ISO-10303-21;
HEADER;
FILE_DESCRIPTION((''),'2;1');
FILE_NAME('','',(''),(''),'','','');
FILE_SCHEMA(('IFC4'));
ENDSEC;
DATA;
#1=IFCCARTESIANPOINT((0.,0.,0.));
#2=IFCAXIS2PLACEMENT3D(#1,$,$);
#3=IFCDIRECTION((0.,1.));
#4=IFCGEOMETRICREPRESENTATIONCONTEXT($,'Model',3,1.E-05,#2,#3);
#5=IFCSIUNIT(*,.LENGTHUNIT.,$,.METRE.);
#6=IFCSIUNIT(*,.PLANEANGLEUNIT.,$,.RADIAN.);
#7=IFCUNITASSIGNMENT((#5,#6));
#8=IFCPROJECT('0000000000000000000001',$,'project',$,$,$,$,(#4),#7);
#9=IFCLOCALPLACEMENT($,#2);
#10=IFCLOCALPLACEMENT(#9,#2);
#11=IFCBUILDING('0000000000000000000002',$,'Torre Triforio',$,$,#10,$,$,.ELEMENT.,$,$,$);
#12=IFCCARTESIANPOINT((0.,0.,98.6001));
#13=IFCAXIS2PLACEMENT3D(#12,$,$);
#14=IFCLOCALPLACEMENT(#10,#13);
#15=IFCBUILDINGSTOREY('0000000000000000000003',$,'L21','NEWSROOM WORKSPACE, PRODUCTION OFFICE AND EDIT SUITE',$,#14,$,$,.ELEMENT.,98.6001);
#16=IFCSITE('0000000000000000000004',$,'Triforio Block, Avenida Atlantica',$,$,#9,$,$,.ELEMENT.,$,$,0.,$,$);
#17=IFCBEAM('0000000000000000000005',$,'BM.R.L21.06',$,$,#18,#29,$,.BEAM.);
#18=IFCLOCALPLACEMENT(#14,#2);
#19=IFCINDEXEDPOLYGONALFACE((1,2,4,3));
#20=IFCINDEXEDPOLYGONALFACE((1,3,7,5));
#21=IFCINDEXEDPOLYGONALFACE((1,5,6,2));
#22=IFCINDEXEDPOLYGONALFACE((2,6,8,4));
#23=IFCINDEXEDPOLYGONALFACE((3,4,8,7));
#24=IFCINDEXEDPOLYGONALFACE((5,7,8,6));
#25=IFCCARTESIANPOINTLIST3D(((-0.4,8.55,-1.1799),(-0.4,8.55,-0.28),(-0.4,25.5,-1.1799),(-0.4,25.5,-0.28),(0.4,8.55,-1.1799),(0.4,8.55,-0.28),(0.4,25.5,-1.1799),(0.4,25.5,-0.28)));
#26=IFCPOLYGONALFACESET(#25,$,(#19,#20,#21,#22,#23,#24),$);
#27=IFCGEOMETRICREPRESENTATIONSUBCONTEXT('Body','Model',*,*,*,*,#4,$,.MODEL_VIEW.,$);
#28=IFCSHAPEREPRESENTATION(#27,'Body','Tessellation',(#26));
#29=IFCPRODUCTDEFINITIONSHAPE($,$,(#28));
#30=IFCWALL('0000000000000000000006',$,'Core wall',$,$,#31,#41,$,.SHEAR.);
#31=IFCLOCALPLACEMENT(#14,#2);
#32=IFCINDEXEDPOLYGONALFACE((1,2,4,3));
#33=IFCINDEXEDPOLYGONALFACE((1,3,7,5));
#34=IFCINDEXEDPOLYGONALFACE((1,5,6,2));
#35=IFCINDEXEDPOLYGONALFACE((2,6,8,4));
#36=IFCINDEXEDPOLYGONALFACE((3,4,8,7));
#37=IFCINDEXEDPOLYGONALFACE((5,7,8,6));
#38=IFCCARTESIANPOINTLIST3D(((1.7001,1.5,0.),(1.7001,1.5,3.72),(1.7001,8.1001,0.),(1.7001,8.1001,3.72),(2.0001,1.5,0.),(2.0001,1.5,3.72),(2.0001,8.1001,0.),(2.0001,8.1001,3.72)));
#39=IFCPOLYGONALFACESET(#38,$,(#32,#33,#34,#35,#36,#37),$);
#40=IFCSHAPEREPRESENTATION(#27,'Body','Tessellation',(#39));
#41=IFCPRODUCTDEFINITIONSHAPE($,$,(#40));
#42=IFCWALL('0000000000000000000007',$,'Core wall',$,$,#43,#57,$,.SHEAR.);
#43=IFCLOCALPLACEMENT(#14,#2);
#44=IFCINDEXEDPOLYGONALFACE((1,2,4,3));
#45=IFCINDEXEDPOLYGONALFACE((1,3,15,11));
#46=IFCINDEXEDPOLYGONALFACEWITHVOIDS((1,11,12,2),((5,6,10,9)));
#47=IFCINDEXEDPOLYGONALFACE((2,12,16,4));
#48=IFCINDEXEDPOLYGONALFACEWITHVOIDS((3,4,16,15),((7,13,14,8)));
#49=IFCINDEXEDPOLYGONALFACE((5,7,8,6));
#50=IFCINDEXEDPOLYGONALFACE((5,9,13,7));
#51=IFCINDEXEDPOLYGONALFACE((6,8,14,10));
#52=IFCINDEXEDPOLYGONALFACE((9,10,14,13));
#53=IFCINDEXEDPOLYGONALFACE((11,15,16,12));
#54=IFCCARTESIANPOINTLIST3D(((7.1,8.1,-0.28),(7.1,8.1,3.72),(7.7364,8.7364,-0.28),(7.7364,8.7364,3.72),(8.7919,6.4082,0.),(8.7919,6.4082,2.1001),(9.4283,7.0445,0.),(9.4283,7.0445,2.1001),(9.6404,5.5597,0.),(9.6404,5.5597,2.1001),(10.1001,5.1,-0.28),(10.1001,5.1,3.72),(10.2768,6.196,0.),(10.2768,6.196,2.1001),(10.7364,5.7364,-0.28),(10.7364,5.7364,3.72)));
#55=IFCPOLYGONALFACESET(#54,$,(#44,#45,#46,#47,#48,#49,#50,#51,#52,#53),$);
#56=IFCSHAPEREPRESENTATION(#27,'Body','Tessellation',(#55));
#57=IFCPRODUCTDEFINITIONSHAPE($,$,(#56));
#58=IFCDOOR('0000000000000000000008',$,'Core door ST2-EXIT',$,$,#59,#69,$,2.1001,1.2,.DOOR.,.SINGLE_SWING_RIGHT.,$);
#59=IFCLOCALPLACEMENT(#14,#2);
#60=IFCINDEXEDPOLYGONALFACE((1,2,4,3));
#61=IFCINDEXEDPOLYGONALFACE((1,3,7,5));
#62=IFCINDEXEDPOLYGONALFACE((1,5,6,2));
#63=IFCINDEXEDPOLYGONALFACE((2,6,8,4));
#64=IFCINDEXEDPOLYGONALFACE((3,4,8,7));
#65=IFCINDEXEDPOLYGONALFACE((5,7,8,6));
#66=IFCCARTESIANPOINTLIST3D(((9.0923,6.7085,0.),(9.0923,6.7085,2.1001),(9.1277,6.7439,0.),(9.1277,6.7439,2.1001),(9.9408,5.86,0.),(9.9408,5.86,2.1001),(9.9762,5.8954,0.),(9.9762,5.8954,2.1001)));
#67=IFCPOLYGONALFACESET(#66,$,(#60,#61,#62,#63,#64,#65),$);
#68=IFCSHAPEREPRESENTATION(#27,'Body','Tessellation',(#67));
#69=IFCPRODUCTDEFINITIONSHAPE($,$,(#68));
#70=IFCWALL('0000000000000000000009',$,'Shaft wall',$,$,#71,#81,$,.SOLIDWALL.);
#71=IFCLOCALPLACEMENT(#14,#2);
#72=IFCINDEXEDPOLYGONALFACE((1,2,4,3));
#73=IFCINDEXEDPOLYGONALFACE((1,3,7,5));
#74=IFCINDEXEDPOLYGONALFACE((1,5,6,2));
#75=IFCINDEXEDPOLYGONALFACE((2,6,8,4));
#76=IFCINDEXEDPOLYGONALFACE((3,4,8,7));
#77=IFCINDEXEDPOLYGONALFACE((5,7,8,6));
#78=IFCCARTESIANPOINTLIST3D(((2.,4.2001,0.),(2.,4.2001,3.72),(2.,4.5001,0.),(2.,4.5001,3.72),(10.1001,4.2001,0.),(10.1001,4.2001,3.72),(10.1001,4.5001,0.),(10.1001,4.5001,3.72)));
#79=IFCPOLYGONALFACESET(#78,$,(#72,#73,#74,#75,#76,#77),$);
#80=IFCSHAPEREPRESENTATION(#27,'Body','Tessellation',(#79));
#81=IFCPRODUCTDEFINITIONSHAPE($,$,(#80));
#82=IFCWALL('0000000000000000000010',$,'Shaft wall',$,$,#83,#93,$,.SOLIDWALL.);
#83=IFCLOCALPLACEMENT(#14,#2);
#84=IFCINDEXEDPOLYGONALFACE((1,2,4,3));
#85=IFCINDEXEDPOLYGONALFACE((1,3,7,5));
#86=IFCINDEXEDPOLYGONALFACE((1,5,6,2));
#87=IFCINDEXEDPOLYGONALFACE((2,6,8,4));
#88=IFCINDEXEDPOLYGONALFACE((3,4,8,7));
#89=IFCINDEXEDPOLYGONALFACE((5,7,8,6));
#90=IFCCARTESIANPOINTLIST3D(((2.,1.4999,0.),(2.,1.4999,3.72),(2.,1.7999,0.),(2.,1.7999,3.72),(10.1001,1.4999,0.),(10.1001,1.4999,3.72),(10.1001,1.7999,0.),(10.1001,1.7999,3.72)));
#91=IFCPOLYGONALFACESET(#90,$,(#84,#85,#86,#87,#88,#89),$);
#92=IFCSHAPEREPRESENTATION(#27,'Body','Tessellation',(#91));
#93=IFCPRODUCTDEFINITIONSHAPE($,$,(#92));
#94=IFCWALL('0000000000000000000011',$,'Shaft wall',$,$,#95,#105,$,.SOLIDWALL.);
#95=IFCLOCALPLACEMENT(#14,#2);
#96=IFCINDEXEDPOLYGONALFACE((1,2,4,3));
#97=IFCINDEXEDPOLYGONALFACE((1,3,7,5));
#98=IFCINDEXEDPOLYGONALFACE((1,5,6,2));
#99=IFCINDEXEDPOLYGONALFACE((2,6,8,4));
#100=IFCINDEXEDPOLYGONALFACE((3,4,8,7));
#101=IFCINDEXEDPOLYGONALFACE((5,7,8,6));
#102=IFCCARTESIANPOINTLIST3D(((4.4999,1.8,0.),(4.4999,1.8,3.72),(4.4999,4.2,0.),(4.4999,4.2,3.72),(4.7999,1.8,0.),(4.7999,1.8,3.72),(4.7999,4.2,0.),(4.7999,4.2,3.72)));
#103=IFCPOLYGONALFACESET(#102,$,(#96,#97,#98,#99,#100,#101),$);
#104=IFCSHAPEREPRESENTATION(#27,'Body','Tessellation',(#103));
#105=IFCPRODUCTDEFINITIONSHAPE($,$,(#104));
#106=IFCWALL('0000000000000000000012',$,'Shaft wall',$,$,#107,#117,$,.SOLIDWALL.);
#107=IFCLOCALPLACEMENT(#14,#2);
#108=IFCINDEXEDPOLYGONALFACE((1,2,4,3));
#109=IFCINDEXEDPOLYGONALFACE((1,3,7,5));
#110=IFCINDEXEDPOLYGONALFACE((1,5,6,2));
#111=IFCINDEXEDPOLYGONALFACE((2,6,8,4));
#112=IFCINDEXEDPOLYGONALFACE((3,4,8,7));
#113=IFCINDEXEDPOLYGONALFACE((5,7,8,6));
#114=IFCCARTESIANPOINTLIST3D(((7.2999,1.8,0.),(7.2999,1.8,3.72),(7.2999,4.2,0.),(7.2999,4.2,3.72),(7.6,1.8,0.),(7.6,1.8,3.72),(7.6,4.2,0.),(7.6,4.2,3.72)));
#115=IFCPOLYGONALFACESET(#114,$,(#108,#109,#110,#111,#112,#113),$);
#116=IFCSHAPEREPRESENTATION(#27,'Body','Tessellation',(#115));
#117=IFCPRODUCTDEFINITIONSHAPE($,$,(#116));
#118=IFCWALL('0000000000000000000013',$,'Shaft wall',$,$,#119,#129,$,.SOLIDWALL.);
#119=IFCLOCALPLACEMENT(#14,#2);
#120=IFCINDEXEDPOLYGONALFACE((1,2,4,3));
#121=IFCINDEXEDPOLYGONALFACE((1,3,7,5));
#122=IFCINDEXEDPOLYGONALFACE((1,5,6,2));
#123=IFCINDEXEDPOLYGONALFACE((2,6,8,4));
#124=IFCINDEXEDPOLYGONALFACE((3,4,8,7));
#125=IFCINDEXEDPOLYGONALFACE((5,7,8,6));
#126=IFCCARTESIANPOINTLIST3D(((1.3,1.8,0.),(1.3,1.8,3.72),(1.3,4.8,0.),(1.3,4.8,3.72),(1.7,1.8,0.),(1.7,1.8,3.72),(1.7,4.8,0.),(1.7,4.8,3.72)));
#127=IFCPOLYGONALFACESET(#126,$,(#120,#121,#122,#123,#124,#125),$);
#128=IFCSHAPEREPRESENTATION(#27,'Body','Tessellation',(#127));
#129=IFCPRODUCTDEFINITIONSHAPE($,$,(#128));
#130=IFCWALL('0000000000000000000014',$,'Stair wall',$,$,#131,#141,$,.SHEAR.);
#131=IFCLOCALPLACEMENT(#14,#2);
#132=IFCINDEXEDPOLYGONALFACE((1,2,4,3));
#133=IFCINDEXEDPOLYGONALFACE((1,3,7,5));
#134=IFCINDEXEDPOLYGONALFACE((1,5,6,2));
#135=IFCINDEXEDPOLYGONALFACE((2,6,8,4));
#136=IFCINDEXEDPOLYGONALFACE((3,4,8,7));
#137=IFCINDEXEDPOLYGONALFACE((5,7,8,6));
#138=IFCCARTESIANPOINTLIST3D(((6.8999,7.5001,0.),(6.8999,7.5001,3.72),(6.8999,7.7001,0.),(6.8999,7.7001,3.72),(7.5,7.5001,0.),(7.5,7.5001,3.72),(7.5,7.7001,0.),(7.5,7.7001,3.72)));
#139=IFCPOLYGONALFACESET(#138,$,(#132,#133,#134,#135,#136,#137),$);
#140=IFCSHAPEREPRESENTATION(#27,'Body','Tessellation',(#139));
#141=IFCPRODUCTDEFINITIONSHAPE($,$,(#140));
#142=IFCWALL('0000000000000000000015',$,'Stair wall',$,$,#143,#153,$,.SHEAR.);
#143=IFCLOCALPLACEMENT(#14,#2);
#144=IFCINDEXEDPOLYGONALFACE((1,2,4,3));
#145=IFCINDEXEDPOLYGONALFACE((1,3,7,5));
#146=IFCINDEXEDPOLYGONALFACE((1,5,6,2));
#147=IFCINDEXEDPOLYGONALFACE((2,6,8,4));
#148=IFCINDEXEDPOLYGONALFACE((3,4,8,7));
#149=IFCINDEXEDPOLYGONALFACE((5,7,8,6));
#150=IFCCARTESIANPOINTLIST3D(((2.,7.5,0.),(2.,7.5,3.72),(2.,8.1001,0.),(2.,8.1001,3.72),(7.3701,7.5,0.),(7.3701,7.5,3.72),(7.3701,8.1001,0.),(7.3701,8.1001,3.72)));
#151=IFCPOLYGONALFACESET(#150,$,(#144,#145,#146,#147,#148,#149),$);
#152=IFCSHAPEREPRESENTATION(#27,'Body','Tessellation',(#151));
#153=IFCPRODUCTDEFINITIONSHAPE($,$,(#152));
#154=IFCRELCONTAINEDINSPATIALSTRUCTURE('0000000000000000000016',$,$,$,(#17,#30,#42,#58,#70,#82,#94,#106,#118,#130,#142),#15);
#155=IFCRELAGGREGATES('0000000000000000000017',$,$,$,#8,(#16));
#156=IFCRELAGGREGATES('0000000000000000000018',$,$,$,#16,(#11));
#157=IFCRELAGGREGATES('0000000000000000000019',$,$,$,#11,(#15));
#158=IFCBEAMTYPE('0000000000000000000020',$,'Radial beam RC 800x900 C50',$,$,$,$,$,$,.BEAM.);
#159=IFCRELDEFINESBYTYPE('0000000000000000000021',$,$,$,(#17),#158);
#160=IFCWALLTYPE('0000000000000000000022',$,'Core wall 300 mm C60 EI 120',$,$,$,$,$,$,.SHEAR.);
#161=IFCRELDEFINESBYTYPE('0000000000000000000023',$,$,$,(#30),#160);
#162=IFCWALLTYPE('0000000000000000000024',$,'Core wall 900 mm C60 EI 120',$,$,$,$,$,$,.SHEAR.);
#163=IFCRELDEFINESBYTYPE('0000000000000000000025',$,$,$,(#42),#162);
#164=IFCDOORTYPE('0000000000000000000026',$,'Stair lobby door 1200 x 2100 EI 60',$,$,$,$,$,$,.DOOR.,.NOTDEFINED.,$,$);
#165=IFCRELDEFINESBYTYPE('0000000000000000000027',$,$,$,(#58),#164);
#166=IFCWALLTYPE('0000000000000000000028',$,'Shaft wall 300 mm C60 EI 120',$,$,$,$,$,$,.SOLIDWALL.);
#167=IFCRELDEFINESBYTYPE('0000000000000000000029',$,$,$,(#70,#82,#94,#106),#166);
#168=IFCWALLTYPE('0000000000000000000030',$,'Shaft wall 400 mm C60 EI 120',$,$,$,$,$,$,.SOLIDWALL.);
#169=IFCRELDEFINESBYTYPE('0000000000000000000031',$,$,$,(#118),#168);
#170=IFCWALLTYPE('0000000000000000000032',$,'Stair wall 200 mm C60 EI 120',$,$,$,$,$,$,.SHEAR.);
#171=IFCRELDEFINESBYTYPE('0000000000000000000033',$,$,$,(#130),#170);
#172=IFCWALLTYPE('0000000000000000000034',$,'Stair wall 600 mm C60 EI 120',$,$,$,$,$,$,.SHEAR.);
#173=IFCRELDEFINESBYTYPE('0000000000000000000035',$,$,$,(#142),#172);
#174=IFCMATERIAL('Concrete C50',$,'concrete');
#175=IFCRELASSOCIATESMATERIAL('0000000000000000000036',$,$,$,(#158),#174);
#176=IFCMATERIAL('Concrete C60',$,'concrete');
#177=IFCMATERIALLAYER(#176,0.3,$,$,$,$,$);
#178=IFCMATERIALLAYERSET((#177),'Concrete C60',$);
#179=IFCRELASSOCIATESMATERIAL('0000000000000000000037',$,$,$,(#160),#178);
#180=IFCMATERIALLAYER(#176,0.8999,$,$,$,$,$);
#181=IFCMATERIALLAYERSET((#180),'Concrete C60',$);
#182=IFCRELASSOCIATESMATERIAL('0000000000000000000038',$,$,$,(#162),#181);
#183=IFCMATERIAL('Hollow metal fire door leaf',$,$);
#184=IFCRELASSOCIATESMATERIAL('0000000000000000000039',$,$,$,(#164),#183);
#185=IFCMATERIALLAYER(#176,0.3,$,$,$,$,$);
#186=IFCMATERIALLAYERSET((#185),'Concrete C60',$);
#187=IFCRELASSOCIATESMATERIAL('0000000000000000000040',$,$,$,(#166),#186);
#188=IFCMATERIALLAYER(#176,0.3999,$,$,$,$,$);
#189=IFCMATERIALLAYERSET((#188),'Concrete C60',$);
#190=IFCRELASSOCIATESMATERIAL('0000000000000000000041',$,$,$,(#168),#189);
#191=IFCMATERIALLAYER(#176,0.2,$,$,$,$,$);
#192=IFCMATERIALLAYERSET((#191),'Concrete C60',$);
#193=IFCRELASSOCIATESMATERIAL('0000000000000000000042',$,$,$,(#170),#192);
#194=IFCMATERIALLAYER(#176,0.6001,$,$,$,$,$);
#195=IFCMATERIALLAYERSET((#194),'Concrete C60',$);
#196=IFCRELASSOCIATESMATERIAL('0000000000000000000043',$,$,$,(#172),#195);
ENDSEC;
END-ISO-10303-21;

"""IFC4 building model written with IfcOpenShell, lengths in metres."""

from ifc_helpers import new_model, si_unit, direction, frame, frame_2d, origin, origin_2d, place, context, subcontext, project, spatial, rectangle, extrude, material, layer, layer_set, material_profile, profile_set, type_object, element, fill, save


model = new_model("IFC4")

# Units and contexts
model_context = context("Model", 3, precision=1e-05, world=origin(), true_north=direction((0.0, 1.0)))
body_context = subcontext(model_context, "Body", "Model", "MODEL_VIEW")
ifc_project = project(units=[si_unit("LENGTHUNIT", "METRE"), si_unit("PLANEANGLEUNIT", "RADIAN")], contexts=[model_context])

# Site, building, storey
site_placement = place(None, origin())
site = spatial("IfcSite", under=ifc_project, at=site_placement, Name="Triforio Block, Avenida Atlantica", CompositionType="ELEMENT", RefElevation=0.0)
building_placement = place(site_placement, origin())
building = spatial("IfcBuilding", under=site, at=building_placement, Name="Torre Triforio", CompositionType="ELEMENT")
storey_placement = place(building_placement, frame((0.0, 0.0, 98.6001)))
storey = spatial("IfcBuildingStorey", under=building, at=storey_placement, Name="L21", Description="NEWSROOM WORKSPACE, PRODUCTION OFFICE AND EDIT SUITE", CompositionType="ELEMENT", Elevation=98.6001)

# Beam
ifc_material_1 = material(Name="Concrete C50", Category="concrete")
ifc_material_profile = material_profile(ifc_material_1, rectangle(XDim=0.8, YDim=0.8999, at=origin_2d()), Name="RC 800x900")
ifc_profile_set = profile_set([ifc_material_profile], Name="Concrete C50")
beam_type = type_object("IfcBeamType", Name="Radial beam RC 800x900 C50", PredefinedType="BEAM", material=ifc_profile_set)
beam_placement = place(storey_placement, frame((0.0, 8.55, -0.73), z_axis=(0.0, 1.0, 0.0), x_axis=(-1.0, 0.0, 0.0)))
element("IfcBeam", 1, at=beam_placement, inside=storey, type_object=beam_type, Name="BM.R.L21.06", PredefinedType="BEAM", context=body_context, shape_type="SweptSolid", body=[
    extrude(rectangle(XDim=0.8, YDim=0.8999, at=origin_2d()), origin(), (0.0, 0.0, 1.0), 16.95),
])

# Wall
ifc_material_2 = material(Name="Concrete C60", Category="concrete")
ifc_layer_1 = layer(ifc_material_2, 0.3)
ifc_layer_set_1 = layer_set([ifc_layer_1], Name="Concrete C60")
wall_type_1 = type_object("IfcWallType", Name="Core wall 300 mm C60 EI 120", PredefinedType="SHEAR", material=ifc_layer_set_1)
wall_1_placement = place(storey_placement, frame((1.8501, 1.5, 0.0), z_axis=(0.0, 0.0, 1.0), x_axis=(0.0, 1.0, 0.0)))
element("IfcWall", 2, at=wall_1_placement, inside=storey, type_object=wall_type_1, Name="Core wall", PredefinedType="SHEAR", context=body_context, shape_type="SweptSolid", body=[
    extrude(rectangle(XDim=6.6001, YDim=0.3, at=frame_2d((3.3, 0.0))), origin(), (0.0, 0.0, 1.0), 3.72),
])

# Wall, opening, door
ifc_layer_2 = layer(ifc_material_2, 0.8999)
ifc_layer_set_2 = layer_set([ifc_layer_2], Name="Concrete C60")
wall_type_2 = type_object("IfcWallType", Name="Core wall 900 mm C60 EI 120", PredefinedType="SHEAR", material=ifc_layer_set_2)
wall_2_placement = place(storey_placement, frame((7.4182, 8.4182, -0.28), z_axis=(0.0, 0.0, 1.0), x_axis=(0.707107, -0.707107, 0.0)))
wall_2 = element("IfcWall", 3, at=wall_2_placement, inside=storey, type_object=wall_type_2, Name="Core wall", PredefinedType="SHEAR", context=body_context, shape_type="SweptSolid", body=[
    extrude(rectangle(XDim=4.2427, YDim=0.8999, at=frame_2d((2.1213, 0.0))), origin(), (0.0, 0.0, 1.0), 4.0),
])
opening_placement = place(wall_2_placement, frame((2.3926, 0.0, 0.28)))
opening = element("IfcOpeningElement", 4, at=opening_placement, cuts=wall_2, PredefinedType="OPENING", context=body_context, shape_type="SweptSolid", body=[
    extrude(rectangle(XDim=1.2, YDim=2.1001, at=frame_2d((0.6001, 1.05))), frame((0.0, 0.46, 0.0), z_axis=(0.0, -1.0, 0.0), x_axis=(1.0, 0.0, 0.0)), (0.0, 0.0, 1.0), 0.9199),
])
ifc_material_3 = material(Name="Hollow metal fire door leaf")
door_type = type_object("IfcDoorType", Name="Stair lobby door 1200 x 2100 EI 60", OperationType="NOTDEFINED", PredefinedType="DOOR", material=ifc_material_3)
door_placement = place(opening_placement, origin())
door = element("IfcDoor", 5, at=door_placement, inside=storey, type_object=door_type, Name="Core door ST2-EXIT", OperationType="SINGLE_SWING_RIGHT", OverallHeight=2.1001, OverallWidth=1.2, PredefinedType="DOOR", context=body_context, shape_type="SweptSolid", body=[
    extrude(rectangle(XDim=1.2, YDim=2.1001, at=frame_2d((0.6001, 1.05))), frame((0.0, 0.0249, 0.0), z_axis=(0.0, -1.0, 0.0), x_axis=(1.0, 0.0, 0.0)), (0.0, 0.0, 1.0), 0.05),
])
fill(opening, door)

# Walls
ifc_layer_3 = layer(ifc_material_2, 0.3)
ifc_layer_set_3 = layer_set([ifc_layer_3], Name="Concrete C60")
wall_type_3 = type_object("IfcWallType", Name="Shaft wall 300 mm C60 EI 120", PredefinedType="SOLIDWALL", material=ifc_layer_set_3)
for number, where, z_axis, x_axis, name in (
    (6, (2.0, 4.3501, 0.0), (0.0, 0.0, 1.0), (1.0, 0.0, 0.0), "Shaft wall"),
    (7, (2.0, 1.6499, 0.0), (0.0, 0.0, 1.0), (1.0, 0.0, 0.0), "Shaft wall"),
):
    element("IfcWall", number, at=place(storey_placement, frame(where, z_axis=z_axis, x_axis=x_axis)), inside=storey, type_object=wall_type_3, Name=name, PredefinedType="SOLIDWALL", context=body_context, shape_type="SweptSolid", body=[
        extrude(rectangle(XDim=8.1001, YDim=0.3, at=frame_2d((4.05, 0.0))), origin(), (0.0, 0.0, 1.0), 3.72),
    ])
for number, where, z_axis, x_axis, name in (
    (8, (4.6499, 1.8, 0.0), (0.0, 0.0, 1.0), (0.0, 1.0, 0.0), "Shaft wall"),
    (9, (7.45, 1.8, 0.0), (0.0, 0.0, 1.0), (0.0, 1.0, 0.0), "Shaft wall"),
):
    element("IfcWall", number, at=place(storey_placement, frame(where, z_axis=z_axis, x_axis=x_axis)), inside=storey, type_object=wall_type_3, Name=name, PredefinedType="SOLIDWALL", context=body_context, shape_type="SweptSolid", body=[
        extrude(rectangle(XDim=2.3999, YDim=0.3, at=frame_2d((1.2, 0.0))), origin(), (0.0, 0.0, 1.0), 3.72),
    ])
ifc_layer_4 = layer(ifc_material_2, 0.3999)
ifc_layer_set_4 = layer_set([ifc_layer_4], Name="Concrete C60")
wall_type_4 = type_object("IfcWallType", Name="Shaft wall 400 mm C60 EI 120", PredefinedType="SOLIDWALL", material=ifc_layer_set_4)
wall_3_placement = place(storey_placement, frame((1.5, 1.8, 0.0), z_axis=(0.0, 0.0, 1.0), x_axis=(0.0, 1.0, 0.0)))
element("IfcWall", 10, at=wall_3_placement, inside=storey, type_object=wall_type_4, Name="Shaft wall", PredefinedType="SOLIDWALL", context=body_context, shape_type="SweptSolid", body=[
    extrude(rectangle(XDim=3.0, YDim=0.3999, at=frame_2d((1.5, 0.0))), origin(), (0.0, 0.0, 1.0), 3.72),
])
ifc_layer_5 = layer(ifc_material_2, 0.2)
ifc_layer_set_5 = layer_set([ifc_layer_5], Name="Concrete C60")
wall_type_5 = type_object("IfcWallType", Name="Stair wall 200 mm C60 EI 120", PredefinedType="SHEAR", material=ifc_layer_set_5)
wall_4_placement = place(storey_placement, frame((6.8999, 7.6001, 0.0), z_axis=(0.0, 0.0, 1.0), x_axis=(1.0, 0.0, 0.0)))
element("IfcWall", 11, at=wall_4_placement, inside=storey, type_object=wall_type_5, Name="Stair wall", PredefinedType="SHEAR", context=body_context, shape_type="SweptSolid", body=[
    extrude(rectangle(XDim=0.6001, YDim=0.2, at=frame_2d((0.3, 0.0))), origin(), (0.0, 0.0, 1.0), 3.72),
])
ifc_layer_6 = layer(ifc_material_2, 0.6001)
ifc_layer_set_6 = layer_set([ifc_layer_6], Name="Concrete C60")
wall_type_6 = type_object("IfcWallType", Name="Stair wall 600 mm C60 EI 120", PredefinedType="SHEAR", material=ifc_layer_set_6)
wall_5_placement = place(storey_placement, frame((2.0, 7.8, 0.0), z_axis=(0.0, 0.0, 1.0), x_axis=(1.0, 0.0, 0.0)))
element("IfcWall", 12, at=wall_5_placement, inside=storey, type_object=wall_type_6, Name="Stair wall", PredefinedType="SHEAR", context=body_context, shape_type="SweptSolid", body=[
    extrude(rectangle(XDim=5.3701, YDim=0.6001, at=frame_2d((2.6851, 0.0))), origin(), (0.0, 0.0, 1.0), 3.72),
])

save(model, "model.ifc")
